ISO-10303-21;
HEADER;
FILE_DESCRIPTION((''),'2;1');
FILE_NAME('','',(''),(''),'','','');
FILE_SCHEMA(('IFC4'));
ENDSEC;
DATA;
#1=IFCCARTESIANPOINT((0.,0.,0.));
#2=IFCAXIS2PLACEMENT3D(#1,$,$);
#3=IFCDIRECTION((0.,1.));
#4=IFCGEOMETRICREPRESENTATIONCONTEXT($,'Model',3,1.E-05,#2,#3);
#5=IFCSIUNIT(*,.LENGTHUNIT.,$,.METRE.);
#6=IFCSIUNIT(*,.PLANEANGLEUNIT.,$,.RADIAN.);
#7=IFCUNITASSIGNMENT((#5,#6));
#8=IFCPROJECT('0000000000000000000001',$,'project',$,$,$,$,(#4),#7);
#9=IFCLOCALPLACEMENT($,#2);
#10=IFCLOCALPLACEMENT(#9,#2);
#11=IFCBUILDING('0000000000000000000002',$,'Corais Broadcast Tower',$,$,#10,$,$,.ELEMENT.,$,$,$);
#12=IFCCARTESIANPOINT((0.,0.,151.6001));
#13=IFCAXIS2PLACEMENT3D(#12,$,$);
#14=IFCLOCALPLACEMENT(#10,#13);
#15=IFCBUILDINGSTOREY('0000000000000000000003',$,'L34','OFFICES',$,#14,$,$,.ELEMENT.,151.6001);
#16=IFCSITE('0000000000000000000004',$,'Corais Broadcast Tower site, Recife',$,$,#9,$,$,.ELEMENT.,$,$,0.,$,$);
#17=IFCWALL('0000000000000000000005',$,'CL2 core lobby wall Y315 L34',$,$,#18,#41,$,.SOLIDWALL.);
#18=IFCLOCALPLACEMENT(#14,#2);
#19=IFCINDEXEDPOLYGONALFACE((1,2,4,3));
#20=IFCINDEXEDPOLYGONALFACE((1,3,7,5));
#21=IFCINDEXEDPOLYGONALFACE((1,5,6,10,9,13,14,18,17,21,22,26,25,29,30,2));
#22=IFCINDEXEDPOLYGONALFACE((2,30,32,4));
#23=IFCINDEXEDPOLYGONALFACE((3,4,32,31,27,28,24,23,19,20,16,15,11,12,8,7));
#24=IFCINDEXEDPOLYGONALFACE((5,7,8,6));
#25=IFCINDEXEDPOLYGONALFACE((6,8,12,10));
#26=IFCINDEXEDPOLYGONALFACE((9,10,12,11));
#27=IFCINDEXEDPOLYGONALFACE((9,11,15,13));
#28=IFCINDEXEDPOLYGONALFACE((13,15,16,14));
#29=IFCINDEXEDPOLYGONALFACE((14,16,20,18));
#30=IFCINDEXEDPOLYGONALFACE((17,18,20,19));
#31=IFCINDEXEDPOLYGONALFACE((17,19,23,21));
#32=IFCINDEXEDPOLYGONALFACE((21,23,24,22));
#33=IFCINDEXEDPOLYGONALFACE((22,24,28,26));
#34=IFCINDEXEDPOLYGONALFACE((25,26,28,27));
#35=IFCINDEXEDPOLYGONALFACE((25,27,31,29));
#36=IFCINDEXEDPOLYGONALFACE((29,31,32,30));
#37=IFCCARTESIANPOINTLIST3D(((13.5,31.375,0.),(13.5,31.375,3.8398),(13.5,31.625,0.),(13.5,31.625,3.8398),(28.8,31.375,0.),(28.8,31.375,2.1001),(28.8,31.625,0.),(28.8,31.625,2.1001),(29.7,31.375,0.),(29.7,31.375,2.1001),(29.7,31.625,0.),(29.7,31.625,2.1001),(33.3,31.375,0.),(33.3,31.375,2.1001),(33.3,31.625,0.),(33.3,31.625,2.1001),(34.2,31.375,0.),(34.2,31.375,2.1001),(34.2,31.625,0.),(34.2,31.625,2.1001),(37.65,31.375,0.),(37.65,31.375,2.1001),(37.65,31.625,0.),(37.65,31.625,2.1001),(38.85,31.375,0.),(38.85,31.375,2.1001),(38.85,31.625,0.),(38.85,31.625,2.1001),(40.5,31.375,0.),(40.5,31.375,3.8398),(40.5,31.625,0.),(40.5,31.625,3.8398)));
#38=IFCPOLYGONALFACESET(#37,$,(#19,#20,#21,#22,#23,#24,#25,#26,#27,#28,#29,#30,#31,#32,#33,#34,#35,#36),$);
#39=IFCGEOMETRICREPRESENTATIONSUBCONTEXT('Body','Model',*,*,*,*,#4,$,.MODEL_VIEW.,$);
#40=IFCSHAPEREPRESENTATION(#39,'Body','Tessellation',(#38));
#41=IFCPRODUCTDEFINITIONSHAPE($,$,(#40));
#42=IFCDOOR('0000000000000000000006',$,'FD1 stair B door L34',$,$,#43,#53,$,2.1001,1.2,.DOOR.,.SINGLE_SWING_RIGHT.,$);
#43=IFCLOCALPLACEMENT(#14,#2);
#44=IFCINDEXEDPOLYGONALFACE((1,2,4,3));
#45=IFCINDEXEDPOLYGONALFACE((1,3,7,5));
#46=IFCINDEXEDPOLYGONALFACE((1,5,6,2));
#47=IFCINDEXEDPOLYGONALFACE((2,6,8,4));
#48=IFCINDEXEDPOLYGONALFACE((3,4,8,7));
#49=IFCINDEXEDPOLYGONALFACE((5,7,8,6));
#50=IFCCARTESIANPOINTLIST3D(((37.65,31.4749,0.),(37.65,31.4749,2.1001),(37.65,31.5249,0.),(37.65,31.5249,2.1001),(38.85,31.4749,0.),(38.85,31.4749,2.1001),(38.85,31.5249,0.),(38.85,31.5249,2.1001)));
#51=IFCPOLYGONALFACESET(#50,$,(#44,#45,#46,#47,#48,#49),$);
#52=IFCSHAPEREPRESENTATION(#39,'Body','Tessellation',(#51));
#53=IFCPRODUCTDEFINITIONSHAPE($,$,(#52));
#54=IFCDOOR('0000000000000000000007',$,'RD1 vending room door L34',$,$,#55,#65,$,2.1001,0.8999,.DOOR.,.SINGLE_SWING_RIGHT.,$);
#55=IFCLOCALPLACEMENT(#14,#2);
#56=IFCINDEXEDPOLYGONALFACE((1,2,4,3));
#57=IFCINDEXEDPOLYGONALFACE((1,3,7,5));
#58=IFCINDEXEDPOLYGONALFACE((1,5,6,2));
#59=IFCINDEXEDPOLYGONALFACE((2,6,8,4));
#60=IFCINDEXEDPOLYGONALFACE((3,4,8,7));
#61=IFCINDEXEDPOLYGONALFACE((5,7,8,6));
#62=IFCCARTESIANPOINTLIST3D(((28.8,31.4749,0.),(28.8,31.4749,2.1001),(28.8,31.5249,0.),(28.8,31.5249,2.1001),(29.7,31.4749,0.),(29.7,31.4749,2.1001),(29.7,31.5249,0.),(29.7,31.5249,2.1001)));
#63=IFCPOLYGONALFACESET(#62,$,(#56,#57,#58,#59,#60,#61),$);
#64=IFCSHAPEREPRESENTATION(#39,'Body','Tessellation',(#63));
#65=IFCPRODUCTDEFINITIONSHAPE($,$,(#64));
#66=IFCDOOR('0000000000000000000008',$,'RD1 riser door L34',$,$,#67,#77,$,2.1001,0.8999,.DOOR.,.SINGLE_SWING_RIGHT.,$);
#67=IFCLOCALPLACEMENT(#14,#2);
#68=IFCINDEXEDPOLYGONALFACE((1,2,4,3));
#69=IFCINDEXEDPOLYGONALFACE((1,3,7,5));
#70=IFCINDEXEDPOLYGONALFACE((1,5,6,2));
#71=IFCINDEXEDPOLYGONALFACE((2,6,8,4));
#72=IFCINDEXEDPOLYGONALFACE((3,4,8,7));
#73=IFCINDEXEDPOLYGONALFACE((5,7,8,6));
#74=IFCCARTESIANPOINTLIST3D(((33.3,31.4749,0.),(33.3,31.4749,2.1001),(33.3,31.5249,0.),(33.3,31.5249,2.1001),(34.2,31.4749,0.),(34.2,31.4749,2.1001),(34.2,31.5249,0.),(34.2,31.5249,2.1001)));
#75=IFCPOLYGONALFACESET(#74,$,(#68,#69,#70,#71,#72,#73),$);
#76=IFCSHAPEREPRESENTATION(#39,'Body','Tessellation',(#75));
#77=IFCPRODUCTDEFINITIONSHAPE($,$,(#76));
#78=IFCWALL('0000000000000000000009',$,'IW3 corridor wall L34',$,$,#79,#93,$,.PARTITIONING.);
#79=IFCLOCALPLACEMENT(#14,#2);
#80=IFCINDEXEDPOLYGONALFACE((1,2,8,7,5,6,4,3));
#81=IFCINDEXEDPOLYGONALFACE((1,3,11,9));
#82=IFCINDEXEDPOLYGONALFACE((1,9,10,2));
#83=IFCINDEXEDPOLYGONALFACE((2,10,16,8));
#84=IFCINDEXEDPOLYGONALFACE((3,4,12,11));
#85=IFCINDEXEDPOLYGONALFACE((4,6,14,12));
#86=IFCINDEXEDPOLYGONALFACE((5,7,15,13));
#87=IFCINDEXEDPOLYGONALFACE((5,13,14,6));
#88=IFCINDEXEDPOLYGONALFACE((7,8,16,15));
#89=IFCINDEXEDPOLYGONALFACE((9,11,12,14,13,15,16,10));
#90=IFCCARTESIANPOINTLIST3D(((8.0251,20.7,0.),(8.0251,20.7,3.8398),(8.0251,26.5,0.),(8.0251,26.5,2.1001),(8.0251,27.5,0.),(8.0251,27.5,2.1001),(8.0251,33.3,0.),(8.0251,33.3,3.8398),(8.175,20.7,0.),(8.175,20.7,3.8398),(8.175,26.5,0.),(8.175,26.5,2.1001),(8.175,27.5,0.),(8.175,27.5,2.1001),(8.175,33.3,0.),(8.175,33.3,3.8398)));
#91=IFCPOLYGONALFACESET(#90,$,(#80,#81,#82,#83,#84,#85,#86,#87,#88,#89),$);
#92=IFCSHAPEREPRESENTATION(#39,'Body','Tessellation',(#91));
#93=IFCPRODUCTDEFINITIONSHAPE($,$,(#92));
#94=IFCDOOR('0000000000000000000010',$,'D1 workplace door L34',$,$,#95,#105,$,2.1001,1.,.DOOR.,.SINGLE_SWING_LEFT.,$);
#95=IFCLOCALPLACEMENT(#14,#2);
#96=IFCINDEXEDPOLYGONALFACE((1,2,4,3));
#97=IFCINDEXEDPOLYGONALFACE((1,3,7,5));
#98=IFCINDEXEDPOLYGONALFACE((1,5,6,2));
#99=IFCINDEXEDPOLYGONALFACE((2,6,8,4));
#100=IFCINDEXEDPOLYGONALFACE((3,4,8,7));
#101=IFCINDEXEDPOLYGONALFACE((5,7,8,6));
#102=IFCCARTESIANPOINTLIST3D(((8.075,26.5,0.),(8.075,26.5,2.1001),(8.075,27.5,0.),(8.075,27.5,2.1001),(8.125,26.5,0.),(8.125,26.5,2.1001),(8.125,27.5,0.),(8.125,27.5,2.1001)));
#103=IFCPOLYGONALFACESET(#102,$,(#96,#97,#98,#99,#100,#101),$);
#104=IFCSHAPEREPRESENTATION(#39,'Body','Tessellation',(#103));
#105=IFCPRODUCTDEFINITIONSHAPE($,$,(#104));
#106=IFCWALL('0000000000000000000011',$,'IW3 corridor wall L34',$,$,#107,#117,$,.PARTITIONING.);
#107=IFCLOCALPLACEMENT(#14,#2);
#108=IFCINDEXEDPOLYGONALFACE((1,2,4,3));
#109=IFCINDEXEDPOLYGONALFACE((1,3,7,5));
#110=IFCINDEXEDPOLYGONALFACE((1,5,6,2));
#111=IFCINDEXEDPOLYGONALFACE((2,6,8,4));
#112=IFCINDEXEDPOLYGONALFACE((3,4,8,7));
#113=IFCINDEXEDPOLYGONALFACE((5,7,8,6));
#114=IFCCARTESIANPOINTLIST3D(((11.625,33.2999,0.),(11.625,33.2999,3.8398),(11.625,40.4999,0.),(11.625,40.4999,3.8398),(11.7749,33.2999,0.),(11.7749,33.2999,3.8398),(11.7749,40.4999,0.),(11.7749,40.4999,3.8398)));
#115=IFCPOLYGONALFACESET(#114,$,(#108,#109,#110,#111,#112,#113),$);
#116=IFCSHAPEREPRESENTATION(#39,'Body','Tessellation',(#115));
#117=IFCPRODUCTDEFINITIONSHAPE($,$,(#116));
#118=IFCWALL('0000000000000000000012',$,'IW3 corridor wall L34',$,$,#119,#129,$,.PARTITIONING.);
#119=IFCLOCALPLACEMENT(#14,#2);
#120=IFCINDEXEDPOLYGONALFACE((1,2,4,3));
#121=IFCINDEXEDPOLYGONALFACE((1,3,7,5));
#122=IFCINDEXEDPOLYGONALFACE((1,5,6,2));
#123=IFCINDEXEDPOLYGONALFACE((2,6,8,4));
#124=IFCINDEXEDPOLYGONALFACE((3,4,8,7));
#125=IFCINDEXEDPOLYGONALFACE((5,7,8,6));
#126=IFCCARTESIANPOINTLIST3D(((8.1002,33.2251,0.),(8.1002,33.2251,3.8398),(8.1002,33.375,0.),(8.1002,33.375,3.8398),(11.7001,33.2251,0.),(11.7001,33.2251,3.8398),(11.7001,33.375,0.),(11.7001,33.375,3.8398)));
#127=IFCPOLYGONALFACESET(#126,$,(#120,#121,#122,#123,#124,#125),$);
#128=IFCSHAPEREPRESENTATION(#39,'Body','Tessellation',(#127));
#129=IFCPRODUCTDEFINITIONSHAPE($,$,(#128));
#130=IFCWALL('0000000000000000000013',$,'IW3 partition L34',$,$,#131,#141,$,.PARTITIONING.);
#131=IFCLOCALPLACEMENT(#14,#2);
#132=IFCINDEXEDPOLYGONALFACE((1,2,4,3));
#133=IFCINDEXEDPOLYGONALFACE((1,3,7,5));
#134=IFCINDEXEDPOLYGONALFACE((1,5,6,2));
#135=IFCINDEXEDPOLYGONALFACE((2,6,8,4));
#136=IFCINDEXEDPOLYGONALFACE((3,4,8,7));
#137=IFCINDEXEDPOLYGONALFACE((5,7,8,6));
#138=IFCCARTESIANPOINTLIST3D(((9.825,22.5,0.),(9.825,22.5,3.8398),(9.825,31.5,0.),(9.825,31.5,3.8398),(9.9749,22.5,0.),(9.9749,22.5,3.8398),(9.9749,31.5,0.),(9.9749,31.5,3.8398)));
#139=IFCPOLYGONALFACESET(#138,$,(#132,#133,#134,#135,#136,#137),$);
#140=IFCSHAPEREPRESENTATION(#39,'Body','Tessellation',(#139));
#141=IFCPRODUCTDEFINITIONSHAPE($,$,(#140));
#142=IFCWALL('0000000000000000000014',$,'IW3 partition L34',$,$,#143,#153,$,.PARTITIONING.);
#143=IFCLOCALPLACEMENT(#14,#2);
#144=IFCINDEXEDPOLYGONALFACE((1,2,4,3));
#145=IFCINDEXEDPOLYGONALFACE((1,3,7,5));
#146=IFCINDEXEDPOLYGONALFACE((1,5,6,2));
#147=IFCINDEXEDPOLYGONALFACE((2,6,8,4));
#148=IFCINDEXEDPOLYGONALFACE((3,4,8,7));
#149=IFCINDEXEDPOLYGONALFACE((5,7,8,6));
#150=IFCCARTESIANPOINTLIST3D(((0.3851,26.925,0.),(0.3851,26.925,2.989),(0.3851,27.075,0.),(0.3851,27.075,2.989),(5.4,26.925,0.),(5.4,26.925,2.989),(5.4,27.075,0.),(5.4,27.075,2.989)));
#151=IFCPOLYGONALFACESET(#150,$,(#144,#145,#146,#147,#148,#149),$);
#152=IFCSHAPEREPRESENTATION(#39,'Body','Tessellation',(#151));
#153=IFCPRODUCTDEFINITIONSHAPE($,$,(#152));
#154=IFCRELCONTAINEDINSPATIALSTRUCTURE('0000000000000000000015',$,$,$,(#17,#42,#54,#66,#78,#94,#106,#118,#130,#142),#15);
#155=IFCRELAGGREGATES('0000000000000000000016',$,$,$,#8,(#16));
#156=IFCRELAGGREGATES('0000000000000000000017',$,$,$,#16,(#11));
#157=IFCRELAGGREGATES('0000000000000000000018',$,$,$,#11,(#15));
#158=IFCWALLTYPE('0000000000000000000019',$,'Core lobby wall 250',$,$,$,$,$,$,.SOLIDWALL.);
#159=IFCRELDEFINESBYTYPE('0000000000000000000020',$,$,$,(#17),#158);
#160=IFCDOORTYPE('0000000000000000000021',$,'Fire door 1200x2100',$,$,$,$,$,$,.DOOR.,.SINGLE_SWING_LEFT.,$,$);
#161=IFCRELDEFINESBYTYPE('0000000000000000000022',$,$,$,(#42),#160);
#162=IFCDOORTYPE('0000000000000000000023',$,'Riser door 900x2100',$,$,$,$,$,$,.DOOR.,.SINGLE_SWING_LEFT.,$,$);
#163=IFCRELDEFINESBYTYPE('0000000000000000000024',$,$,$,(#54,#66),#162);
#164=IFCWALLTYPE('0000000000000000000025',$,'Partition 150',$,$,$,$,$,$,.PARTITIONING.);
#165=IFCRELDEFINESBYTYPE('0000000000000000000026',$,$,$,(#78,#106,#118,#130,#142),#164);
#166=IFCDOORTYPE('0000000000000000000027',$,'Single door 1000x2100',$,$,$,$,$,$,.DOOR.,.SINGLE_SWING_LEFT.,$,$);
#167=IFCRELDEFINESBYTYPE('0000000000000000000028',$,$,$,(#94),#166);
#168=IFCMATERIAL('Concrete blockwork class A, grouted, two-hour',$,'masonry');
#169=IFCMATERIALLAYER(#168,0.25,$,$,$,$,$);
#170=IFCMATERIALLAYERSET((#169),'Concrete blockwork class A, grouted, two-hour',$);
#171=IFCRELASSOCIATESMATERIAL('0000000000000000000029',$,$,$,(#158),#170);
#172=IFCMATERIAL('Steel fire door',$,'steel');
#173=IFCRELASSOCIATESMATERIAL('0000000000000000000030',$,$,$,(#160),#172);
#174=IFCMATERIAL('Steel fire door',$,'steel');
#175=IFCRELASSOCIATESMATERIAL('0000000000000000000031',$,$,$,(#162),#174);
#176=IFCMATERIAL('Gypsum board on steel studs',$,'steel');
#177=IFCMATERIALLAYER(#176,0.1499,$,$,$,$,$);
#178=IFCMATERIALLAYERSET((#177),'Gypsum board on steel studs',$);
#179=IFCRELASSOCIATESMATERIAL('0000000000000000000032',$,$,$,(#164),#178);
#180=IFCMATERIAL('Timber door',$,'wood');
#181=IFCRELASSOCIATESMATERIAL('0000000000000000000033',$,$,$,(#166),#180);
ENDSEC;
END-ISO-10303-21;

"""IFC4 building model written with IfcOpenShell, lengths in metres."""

from ifc_helpers import new_model, si_unit, direction, frame, frame_2d, origin, place, context, subcontext, project, spatial, rectangle, extrude, material, layer, layer_set, type_object, element, fill, save


model = new_model("IFC4")

# Units and contexts
model_context = context("Model", 3, precision=1e-05, world=origin(), true_north=direction((0.0, 1.0)))
body_context = subcontext(model_context, "Body", "Model", "MODEL_VIEW")
ifc_project = project(units=[si_unit("LENGTHUNIT", "METRE"), si_unit("PLANEANGLEUNIT", "RADIAN")], contexts=[model_context])

# Site, building, storey
site_placement = place(None, origin())
site = spatial("IfcSite", under=ifc_project, at=site_placement, Name="Corais Broadcast Tower site, Recife", CompositionType="ELEMENT", RefElevation=0.0)
building_placement = place(site_placement, origin())
building = spatial("IfcBuilding", under=site, at=building_placement, Name="Corais Broadcast Tower", CompositionType="ELEMENT")
storey_placement = place(building_placement, frame((0.0, 0.0, 151.6001)))
storey = spatial("IfcBuildingStorey", under=building, at=storey_placement, Name="L34", Description="OFFICES", CompositionType="ELEMENT", Elevation=151.6001)

# Wall, openings, doors
ifc_material_1 = material(Name="Concrete blockwork class A, grouted, two-hour", Category="masonry")
ifc_layer_1 = layer(ifc_material_1, 0.25)
ifc_layer_set_1 = layer_set([ifc_layer_1], Name="Concrete blockwork class A, grouted, two-hour")
wall_type_1 = type_object("IfcWallType", Name="Core lobby wall 250", PredefinedType="SOLIDWALL", material=ifc_layer_set_1)
wall_1_placement = place(storey_placement, frame((13.5, 31.5, 0.0), z_axis=(0.0, 0.0, 1.0), x_axis=(1.0, 0.0, 0.0)))
wall_1 = element("IfcWall", 1, at=wall_1_placement, inside=storey, type_object=wall_type_1, Name="CL2 core lobby wall Y315 L34", PredefinedType="SOLIDWALL", context=body_context, shape_type="SweptSolid", body=[
    extrude(rectangle(XDim=27.0, YDim=0.25, at=frame_2d((13.5, 0.0))), origin(), (0.0, 0.0, 1.0), 3.8398),
])
opening_1_placement = place(wall_1_placement, frame((24.1499, 0.0, 0.0)))
opening_1 = element("IfcOpeningElement", 2, at=opening_1_placement, cuts=wall_1, PredefinedType="OPENING", context=body_context, shape_type="SweptSolid", body=[
    extrude(rectangle(XDim=1.2, YDim=2.1001, at=frame_2d((0.6001, 1.05))), frame((0.0, 0.135, 0.0), z_axis=(0.0, -1.0, 0.0), x_axis=(1.0, 0.0, 0.0)), (0.0, 0.0, 1.0), 0.27),
])
opening_2_placement = place(wall_1_placement, frame((15.3, 0.0, 0.0)))
opening_2 = element("IfcOpeningElement", 3, at=opening_2_placement, cuts=wall_1, PredefinedType="OPENING", context=body_context, shape_type="SweptSolid", body=[
    extrude(rectangle(XDim=0.8999, YDim=2.1001, at=frame_2d((0.45, 1.05))), frame((0.0, 0.135, 0.0), z_axis=(0.0, -1.0, 0.0), x_axis=(1.0, 0.0, 0.0)), (0.0, 0.0, 1.0), 0.27),
])
opening_3_placement = place(wall_1_placement, frame((19.8, 0.0, 0.0)))
opening_3 = element("IfcOpeningElement", 4, at=opening_3_placement, cuts=wall_1, PredefinedType="OPENING", context=body_context, shape_type="SweptSolid", body=[
    extrude(rectangle(XDim=0.8999, YDim=2.1001, at=frame_2d((0.45, 1.05))), frame((0.0, 0.135, 0.0), z_axis=(0.0, -1.0, 0.0), x_axis=(1.0, 0.0, 0.0)), (0.0, 0.0, 1.0), 0.27),
])
ifc_material_2 = material(Name="Steel fire door", Category="steel")
door_type_1 = type_object("IfcDoorType", Name="Fire door 1200x2100", OperationType="SINGLE_SWING_LEFT", PredefinedType="DOOR", material=ifc_material_2)
door_1_placement = place(opening_1_placement, origin())
door_1 = element("IfcDoor", 5, at=door_1_placement, inside=storey, type_object=door_type_1, Name="FD1 stair B door L34", OperationType="SINGLE_SWING_RIGHT", OverallHeight=2.1001, OverallWidth=1.2, PredefinedType="DOOR", context=body_context, shape_type="SweptSolid", body=[
    extrude(rectangle(XDim=1.2, YDim=2.1001, at=frame_2d((0.6001, 1.05))), frame((0.0, 0.0249, 0.0), z_axis=(0.0, -1.0, 0.0), x_axis=(1.0, 0.0, 0.0)), (0.0, 0.0, 1.0), 0.05),
])
fill(opening_1, door_1)
ifc_material_3 = material(Name="Steel fire door", Category="steel")
door_type_2 = type_object("IfcDoorType", Name="Riser door 900x2100", OperationType="SINGLE_SWING_LEFT", PredefinedType="DOOR", material=ifc_material_3)
door_2_placement = place(opening_2_placement, origin())
door_2 = element("IfcDoor", 6, at=door_2_placement, inside=storey, type_object=door_type_2, Name="RD1 vending room door L34", OperationType="SINGLE_SWING_RIGHT", OverallHeight=2.1001, OverallWidth=0.8999, PredefinedType="DOOR", context=body_context, shape_type="SweptSolid", body=[
    extrude(rectangle(XDim=0.8999, YDim=2.1001, at=frame_2d((0.45, 1.05))), frame((0.0, 0.0249, 0.0), z_axis=(0.0, -1.0, 0.0), x_axis=(1.0, 0.0, 0.0)), (0.0, 0.0, 1.0), 0.05),
])
fill(opening_2, door_2)
door_3_placement = place(opening_3_placement, origin())
door_3 = element("IfcDoor", 7, at=door_3_placement, inside=storey, type_object=door_type_2, Name="RD1 riser door L34", OperationType="SINGLE_SWING_RIGHT", OverallHeight=2.1001, OverallWidth=0.8999, PredefinedType="DOOR", context=body_context, shape_type="SweptSolid", body=[
    extrude(rectangle(XDim=0.8999, YDim=2.1001, at=frame_2d((0.45, 1.05))), frame((0.0, 0.0249, 0.0), z_axis=(0.0, -1.0, 0.0), x_axis=(1.0, 0.0, 0.0)), (0.0, 0.0, 1.0), 0.05),
])
fill(opening_3, door_3)

# Wall, opening, door
ifc_material_4 = material(Name="Gypsum board on steel studs", Category="steel")
ifc_layer_2 = layer(ifc_material_4, 0.1499)
ifc_layer_set_2 = layer_set([ifc_layer_2], Name="Gypsum board on steel studs")
wall_type_2 = type_object("IfcWallType", Name="Partition 150", PredefinedType="PARTITIONING", material=ifc_layer_set_2)
wall_2_placement = place(storey_placement, frame((8.1001, 33.3, 0.0), z_axis=(0.0, 0.0, 1.0), x_axis=(0.0, -1.0, 0.0)))
wall_2 = element("IfcWall", 8, at=wall_2_placement, inside=storey, type_object=wall_type_2, Name="IW3 corridor wall L34", PredefinedType="PARTITIONING", context=body_context, shape_type="SweptSolid", body=[
    extrude(rectangle(XDim=12.6001, YDim=0.1499, at=frame_2d((6.3, 0.0))), origin(), (0.0, 0.0, 1.0), 3.8398),
])
opening_4_placement = place(wall_2_placement, frame((5.8, 0.0, 0.0)))
opening_4 = element("IfcOpeningElement", 9, at=opening_4_placement, cuts=wall_2, PredefinedType="OPENING", context=body_context, shape_type="SweptSolid", body=[
    extrude(rectangle(XDim=1.0, YDim=2.1001, at=frame_2d((0.5, 1.05))), frame((0.0, 0.085, 0.0), z_axis=(0.0, -1.0, 0.0), x_axis=(1.0, 0.0, 0.0)), (0.0, 0.0, 1.0), 0.1699),
])
ifc_material_5 = material(Name="Timber door", Category="wood")
door_type_3 = type_object("IfcDoorType", Name="Single door 1000x2100", OperationType="SINGLE_SWING_LEFT", PredefinedType="DOOR", material=ifc_material_5)
door_4_placement = place(opening_4_placement, origin())
door_4 = element("IfcDoor", 10, at=door_4_placement, inside=storey, type_object=door_type_3, Name="D1 workplace door L34", OperationType="SINGLE_SWING_LEFT", OverallHeight=2.1001, OverallWidth=1.0, PredefinedType="DOOR", context=body_context, shape_type="SweptSolid", body=[
    extrude(rectangle(XDim=1.0, YDim=2.1001, at=frame_2d((0.5, 1.05))), frame((0.0, 0.0249, 0.0), z_axis=(0.0, -1.0, 0.0), x_axis=(1.0, 0.0, 0.0)), (0.0, 0.0, 1.0), 0.05),
])
fill(opening_4, door_4)

# Walls
wall_3_placement = place(storey_placement, frame((11.7, 40.5, 0.0), z_axis=(0.0, 0.0, 1.0), x_axis=(0.0, -1.0, 0.0)))
element("IfcWall", 11, at=wall_3_placement, inside=storey, type_object=wall_type_2, Name="IW3 corridor wall L34", PredefinedType="PARTITIONING", context=body_context, shape_type="SweptSolid", body=[
    extrude(rectangle(XDim=7.2, YDim=0.1499, at=frame_2d((3.6001, 0.0))), origin(), (0.0, 0.0, 1.0), 3.8398),
])
wall_4_placement = place(storey_placement, frame((11.7, 33.3, 0.0), z_axis=(0.0, 0.0, 1.0), x_axis=(-1.0, 0.0, 0.0)))
element("IfcWall", 12, at=wall_4_placement, inside=storey, type_object=wall_type_2, Name="IW3 corridor wall L34", PredefinedType="PARTITIONING", context=body_context, shape_type="SweptSolid", body=[
    extrude(rectangle(XDim=3.5999, YDim=0.1499, at=frame_2d((1.7998, 0.0))), origin(), (0.0, 0.0, 1.0), 3.8398),
])
wall_5_placement = place(storey_placement, frame((9.8999, 31.5, 0.0), z_axis=(0.0, 0.0, 1.0), x_axis=(0.0, -1.0, 0.0)))
element("IfcWall", 13, at=wall_5_placement, inside=storey, type_object=wall_type_2, Name="IW3 partition L34", PredefinedType="PARTITIONING", context=body_context, shape_type="SweptSolid", body=[
    extrude(rectangle(XDim=9.0, YDim=0.1499, at=frame_2d((4.5, 0.0))), origin(), (0.0, 0.0, 1.0), 3.8398),
])
wall_6_placement = place(storey_placement, frame((5.3999, 27.0, 0.0), z_axis=(0.0, 0.0, 1.0), x_axis=(-1.0, 0.0, 0.0)))
element("IfcWall", 14, at=wall_6_placement, inside=storey, type_object=wall_type_2, Name="IW3 partition L34", PredefinedType="PARTITIONING", context=body_context, shape_type="SweptSolid", body=[
    extrude(rectangle(XDim=5.0149, YDim=0.1499, at=frame_2d((2.5073, 0.0))), origin(), (0.0, 0.0, 1.0), 2.989),
])

save(model, "model.ifc")
